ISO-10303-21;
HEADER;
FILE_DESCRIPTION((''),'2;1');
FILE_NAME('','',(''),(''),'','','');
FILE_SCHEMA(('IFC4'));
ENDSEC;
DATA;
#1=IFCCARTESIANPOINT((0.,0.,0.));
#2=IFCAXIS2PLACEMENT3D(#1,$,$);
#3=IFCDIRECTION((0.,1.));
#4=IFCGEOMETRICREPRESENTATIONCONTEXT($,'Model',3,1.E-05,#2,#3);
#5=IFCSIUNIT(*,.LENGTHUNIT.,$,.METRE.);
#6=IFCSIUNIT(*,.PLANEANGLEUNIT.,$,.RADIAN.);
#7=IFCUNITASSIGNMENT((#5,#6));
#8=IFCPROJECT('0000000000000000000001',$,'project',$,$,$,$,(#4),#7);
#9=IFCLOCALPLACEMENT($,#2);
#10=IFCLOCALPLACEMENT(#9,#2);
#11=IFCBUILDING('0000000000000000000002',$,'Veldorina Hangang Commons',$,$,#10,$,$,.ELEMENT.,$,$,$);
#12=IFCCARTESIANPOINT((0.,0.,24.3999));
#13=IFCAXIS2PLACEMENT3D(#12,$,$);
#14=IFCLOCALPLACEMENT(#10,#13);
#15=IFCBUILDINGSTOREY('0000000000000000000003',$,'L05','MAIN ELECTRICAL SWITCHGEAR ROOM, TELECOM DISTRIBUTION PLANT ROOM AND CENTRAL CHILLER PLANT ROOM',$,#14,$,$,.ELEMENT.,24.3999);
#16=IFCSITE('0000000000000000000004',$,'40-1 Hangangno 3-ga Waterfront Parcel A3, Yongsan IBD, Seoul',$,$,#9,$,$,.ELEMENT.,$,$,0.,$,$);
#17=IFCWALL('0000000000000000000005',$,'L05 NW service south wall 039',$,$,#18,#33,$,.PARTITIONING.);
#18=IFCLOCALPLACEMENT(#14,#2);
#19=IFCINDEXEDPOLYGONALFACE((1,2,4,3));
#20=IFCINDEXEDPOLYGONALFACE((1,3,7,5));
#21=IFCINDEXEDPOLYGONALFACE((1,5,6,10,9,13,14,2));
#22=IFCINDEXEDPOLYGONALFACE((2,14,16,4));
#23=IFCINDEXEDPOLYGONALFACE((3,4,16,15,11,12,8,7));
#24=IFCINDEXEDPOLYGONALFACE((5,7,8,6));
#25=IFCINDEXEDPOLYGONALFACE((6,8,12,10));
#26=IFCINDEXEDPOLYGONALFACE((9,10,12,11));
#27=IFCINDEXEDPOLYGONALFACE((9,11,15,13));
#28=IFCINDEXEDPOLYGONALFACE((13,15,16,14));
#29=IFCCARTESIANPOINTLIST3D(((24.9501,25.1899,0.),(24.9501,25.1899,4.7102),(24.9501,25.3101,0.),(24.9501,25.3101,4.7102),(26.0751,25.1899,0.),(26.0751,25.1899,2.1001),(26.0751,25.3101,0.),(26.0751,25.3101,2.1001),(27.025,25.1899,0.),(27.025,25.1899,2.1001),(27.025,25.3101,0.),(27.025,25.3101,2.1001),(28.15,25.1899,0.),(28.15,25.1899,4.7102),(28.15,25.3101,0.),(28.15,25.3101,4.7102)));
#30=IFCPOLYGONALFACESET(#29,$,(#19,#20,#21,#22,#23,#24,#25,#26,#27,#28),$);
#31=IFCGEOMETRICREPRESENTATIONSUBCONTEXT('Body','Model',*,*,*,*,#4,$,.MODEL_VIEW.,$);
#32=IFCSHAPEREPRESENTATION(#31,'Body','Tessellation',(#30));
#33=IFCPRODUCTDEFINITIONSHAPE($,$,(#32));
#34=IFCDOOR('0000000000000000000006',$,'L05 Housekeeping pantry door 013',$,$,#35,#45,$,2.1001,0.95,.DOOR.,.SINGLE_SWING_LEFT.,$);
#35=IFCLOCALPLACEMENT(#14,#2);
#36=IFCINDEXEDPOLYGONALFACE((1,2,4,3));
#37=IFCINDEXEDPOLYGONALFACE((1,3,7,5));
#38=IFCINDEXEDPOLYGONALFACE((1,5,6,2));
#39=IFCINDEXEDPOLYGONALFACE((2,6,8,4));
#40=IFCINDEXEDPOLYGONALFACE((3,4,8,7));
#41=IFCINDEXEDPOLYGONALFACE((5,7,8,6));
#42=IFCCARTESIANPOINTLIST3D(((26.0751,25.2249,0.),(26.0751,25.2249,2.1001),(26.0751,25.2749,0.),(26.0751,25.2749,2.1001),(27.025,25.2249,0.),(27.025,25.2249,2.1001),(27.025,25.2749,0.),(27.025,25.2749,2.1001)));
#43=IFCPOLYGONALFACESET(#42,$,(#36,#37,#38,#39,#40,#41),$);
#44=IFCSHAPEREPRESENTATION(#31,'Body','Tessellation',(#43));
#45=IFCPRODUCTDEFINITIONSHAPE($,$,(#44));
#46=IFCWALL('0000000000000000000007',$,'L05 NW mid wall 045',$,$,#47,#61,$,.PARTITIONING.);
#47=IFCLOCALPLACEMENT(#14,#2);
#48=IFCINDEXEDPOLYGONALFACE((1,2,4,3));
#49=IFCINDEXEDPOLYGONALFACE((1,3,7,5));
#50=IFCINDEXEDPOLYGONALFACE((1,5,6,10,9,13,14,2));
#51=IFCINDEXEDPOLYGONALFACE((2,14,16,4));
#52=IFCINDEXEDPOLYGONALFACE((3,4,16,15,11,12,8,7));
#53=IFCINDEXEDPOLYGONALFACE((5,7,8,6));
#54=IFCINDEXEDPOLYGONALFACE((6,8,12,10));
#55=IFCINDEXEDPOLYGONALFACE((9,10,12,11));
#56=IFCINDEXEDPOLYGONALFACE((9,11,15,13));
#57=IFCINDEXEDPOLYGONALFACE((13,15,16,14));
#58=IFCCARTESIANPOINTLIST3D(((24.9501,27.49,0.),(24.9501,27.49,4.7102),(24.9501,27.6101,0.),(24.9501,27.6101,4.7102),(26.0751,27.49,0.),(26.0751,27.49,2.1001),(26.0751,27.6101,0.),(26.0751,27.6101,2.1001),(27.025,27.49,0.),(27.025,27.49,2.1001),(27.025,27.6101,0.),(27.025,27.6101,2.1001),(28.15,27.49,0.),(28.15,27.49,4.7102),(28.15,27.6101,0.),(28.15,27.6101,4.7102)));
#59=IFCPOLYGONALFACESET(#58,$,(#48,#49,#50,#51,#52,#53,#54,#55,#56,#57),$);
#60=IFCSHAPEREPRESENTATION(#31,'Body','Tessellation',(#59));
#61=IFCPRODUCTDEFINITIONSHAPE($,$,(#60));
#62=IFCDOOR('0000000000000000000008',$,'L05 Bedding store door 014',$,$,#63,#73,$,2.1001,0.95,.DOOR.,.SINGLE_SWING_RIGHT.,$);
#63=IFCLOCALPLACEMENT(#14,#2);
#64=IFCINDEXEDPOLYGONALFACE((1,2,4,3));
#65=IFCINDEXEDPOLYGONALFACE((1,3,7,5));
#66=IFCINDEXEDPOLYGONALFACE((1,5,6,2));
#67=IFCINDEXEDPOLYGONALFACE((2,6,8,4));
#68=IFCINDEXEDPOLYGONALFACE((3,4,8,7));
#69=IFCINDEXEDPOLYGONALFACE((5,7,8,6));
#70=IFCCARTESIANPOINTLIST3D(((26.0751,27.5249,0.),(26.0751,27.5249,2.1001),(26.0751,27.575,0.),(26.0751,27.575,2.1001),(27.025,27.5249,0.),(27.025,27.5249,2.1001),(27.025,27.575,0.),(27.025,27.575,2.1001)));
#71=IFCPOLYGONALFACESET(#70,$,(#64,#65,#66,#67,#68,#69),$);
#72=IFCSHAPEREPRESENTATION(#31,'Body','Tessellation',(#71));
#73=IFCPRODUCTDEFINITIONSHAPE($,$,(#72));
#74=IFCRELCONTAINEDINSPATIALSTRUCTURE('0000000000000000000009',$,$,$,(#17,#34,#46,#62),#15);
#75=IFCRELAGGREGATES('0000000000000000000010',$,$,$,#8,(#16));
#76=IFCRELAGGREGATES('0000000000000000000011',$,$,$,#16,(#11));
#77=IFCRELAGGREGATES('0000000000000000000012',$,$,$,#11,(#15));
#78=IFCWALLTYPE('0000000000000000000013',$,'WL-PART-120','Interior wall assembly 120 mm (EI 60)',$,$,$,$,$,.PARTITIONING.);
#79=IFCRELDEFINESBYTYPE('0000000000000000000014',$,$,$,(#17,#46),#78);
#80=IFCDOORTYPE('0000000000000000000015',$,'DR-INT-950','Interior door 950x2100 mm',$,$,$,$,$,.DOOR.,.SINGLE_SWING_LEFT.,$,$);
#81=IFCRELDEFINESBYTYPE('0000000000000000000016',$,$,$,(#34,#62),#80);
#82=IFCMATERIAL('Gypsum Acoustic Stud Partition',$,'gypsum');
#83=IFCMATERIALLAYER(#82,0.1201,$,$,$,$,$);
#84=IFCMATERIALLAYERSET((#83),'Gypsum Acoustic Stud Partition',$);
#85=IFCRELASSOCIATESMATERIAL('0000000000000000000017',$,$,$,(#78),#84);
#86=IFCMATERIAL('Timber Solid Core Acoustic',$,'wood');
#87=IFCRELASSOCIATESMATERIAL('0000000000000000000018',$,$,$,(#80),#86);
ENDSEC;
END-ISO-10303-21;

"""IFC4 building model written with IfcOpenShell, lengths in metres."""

from ifc_helpers import new_model, si_unit, direction, frame, frame_2d, origin, place, context, subcontext, project, spatial, rectangle, extrude, material, layer, layer_set, type_object, element, fill, save


model = new_model("IFC4")

# Units and contexts
model_context = context("Model", 3, precision=1e-05, world=origin(), true_north=direction((0.0, 1.0)))
body_context = subcontext(model_context, "Body", "Model", "MODEL_VIEW")
ifc_project = project(units=[si_unit("LENGTHUNIT", "METRE"), si_unit("PLANEANGLEUNIT", "RADIAN")], contexts=[model_context])

# Site, building, storey
site_placement = place(None, origin())
site = spatial("IfcSite", under=ifc_project, at=site_placement, Name="40-1 Hangangno 3-ga Waterfront Parcel A3, Yongsan IBD, Seoul", CompositionType="ELEMENT", RefElevation=0.0)
building_placement = place(site_placement, origin())
building = spatial("IfcBuilding", under=site, at=building_placement, Name="Veldorina Hangang Commons", CompositionType="ELEMENT")
storey_placement = place(building_placement, frame((0.0, 0.0, 24.3999)))
storey = spatial("IfcBuildingStorey", under=building, at=storey_placement, Name="L05", Description="MAIN ELECTRICAL SWITCHGEAR ROOM, TELECOM DISTRIBUTION PLANT ROOM AND CENTRAL CHILLER PLANT ROOM", CompositionType="ELEMENT", Elevation=24.3999)

# Walls, openings, doors
ifc_material_1 = material(Name="Gypsum Acoustic Stud Partition", Category="gypsum")
ifc_layer_1 = layer(ifc_material_1, 0.1201)
ifc_layer_set_1 = layer_set([ifc_layer_1], Name="Gypsum Acoustic Stud Partition")
wall_type_1 = type_object("IfcWallType", Name="WL-PART-120", Description="Interior wall assembly 120 mm (EI 60)", PredefinedType="PARTITIONING", material=ifc_layer_set_1)
wall_1_placement = place(storey_placement, frame((24.95, 25.25, 0.0), z_axis=(0.0, 0.0, 1.0), x_axis=(1.0, 0.0, 0.0)))
wall_1 = element("IfcWall", 1, at=wall_1_placement, inside=storey, type_object=wall_type_1, Name="L05 NW service south wall 039", PredefinedType="PARTITIONING", context=body_context, shape_type="SweptSolid", body=[
    extrude(rectangle(XDim=3.2, YDim=0.1201, at=frame_2d((1.6001, 0.0))), origin(), (0.0, 0.0, 1.0), 4.7102),
])
opening_1_placement = place(wall_1_placement, frame((1.125, 0.0, 0.0)))
opening_1 = element("IfcOpeningElement", 2, at=opening_1_placement, cuts=wall_1, PredefinedType="OPENING", context=body_context, shape_type="SweptSolid", body=[
    extrude(rectangle(XDim=0.95, YDim=2.1001, at=frame_2d((0.4751, 1.05))), frame((0.0, 0.0701, 0.0), z_axis=(0.0, -1.0, 0.0), x_axis=(1.0, 0.0, 0.0)), (0.0, 0.0, 1.0), 0.1401),
])
ifc_material_2 = material(Name="Timber Solid Core Acoustic", Category="wood")
door_type_1 = type_object("IfcDoorType", Name="DR-INT-950", Description="Interior door 950x2100 mm", OperationType="SINGLE_SWING_LEFT", PredefinedType="DOOR", material=ifc_material_2)
door_1_placement = place(opening_1_placement, origin())
door_1 = element("IfcDoor", 3, at=door_1_placement, inside=storey, type_object=door_type_1, Name="L05 Housekeeping pantry door 013", OperationType="SINGLE_SWING_LEFT", OverallHeight=2.1001, OverallWidth=0.95, PredefinedType="DOOR", context=body_context, shape_type="SweptSolid", body=[
    extrude(rectangle(XDim=0.95, YDim=2.1001, at=frame_2d((0.4751, 1.05))), frame((0.0, 0.0249, 0.0), z_axis=(0.0, -1.0, 0.0), x_axis=(1.0, 0.0, 0.0)), (0.0, 0.0, 1.0), 0.05),
])
fill(opening_1, door_1)
wall_2_placement = place(storey_placement, frame((24.95, 27.55, 0.0), z_axis=(0.0, 0.0, 1.0), x_axis=(1.0, 0.0, 0.0)))
wall_2 = element("IfcWall", 4, at=wall_2_placement, inside=storey, type_object=wall_type_1, Name="L05 NW mid wall 045", PredefinedType="PARTITIONING", context=body_context, shape_type="SweptSolid", body=[
    extrude(rectangle(XDim=3.2, YDim=0.1201, at=frame_2d((1.6001, 0.0))), origin(), (0.0, 0.0, 1.0), 4.7102),
])
opening_2_placement = place(wall_2_placement, frame((1.125, 0.0, 0.0)))
opening_2 = element("IfcOpeningElement", 5, at=opening_2_placement, cuts=wall_2, PredefinedType="OPENING", context=body_context, shape_type="SweptSolid", body=[
    extrude(rectangle(XDim=0.95, YDim=2.1001, at=frame_2d((0.4751, 1.05))), frame((0.0, 0.0701, 0.0), z_axis=(0.0, -1.0, 0.0), x_axis=(1.0, 0.0, 0.0)), (0.0, 0.0, 1.0), 0.1401),
])
door_2_placement = place(opening_2_placement, origin())
door_2 = element("IfcDoor", 6, at=door_2_placement, inside=storey, type_object=door_type_1, Name="L05 Bedding store door 014", OperationType="SINGLE_SWING_RIGHT", OverallHeight=2.1001, OverallWidth=0.95, PredefinedType="DOOR", context=body_context, shape_type="SweptSolid", body=[
    extrude(rectangle(XDim=0.95, YDim=2.1001, at=frame_2d((0.4751, 1.05))), frame((0.0, 0.0249, 0.0), z_axis=(0.0, -1.0, 0.0), x_axis=(1.0, 0.0, 0.0)), (0.0, 0.0, 1.0), 0.05),
])
fill(opening_2, door_2)

save(model, "model.ifc")
